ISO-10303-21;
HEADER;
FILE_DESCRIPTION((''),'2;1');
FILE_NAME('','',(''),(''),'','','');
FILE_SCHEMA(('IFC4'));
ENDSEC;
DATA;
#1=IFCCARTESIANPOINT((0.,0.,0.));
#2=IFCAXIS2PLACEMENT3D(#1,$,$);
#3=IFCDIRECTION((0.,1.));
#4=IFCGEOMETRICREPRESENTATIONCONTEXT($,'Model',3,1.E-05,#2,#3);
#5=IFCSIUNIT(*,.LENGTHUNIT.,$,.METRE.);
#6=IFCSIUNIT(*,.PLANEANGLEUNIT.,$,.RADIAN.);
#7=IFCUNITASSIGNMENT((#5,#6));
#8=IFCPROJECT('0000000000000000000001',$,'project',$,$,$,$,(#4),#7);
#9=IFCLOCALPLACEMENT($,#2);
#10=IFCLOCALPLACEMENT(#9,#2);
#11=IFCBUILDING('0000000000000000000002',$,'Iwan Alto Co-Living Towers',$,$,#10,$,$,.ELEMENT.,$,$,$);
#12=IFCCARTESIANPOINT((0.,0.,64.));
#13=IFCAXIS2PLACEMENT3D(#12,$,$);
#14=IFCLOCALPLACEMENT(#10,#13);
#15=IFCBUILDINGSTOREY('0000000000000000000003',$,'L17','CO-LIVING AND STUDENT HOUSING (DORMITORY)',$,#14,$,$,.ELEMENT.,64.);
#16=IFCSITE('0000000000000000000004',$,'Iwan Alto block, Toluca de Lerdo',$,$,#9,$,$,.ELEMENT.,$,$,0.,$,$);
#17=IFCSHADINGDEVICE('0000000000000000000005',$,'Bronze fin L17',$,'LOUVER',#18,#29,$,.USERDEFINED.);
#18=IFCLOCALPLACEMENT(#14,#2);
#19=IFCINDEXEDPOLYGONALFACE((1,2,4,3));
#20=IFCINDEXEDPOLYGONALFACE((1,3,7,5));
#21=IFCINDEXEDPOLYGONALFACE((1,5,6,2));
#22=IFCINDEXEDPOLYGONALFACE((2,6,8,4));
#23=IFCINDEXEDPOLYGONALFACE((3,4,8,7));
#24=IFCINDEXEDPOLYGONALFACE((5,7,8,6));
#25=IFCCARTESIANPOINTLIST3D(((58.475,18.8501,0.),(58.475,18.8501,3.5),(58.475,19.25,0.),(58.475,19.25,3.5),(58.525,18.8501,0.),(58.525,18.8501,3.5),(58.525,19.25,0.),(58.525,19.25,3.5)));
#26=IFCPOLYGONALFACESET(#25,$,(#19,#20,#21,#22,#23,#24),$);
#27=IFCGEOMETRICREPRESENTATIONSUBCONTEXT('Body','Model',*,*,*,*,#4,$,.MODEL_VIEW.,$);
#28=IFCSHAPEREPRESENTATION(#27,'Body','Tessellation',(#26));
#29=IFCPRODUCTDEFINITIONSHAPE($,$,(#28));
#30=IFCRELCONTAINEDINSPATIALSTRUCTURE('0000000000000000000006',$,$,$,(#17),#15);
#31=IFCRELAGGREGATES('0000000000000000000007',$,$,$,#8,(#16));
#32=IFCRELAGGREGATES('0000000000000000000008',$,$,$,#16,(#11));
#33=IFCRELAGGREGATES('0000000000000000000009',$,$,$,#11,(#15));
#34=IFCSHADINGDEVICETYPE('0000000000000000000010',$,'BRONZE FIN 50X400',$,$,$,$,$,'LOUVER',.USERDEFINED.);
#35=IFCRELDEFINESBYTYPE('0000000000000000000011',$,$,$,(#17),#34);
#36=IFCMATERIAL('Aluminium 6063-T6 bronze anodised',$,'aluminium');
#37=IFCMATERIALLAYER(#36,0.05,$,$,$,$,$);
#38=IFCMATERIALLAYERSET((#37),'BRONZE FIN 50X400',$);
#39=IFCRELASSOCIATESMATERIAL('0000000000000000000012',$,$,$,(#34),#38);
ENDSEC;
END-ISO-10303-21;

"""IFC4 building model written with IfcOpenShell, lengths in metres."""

from ifc_helpers import new_model, si_unit, direction, frame, origin, origin_2d, place, context, subcontext, project, spatial, rectangle, extrude, material, layer, layer_set, type_object, element, save


model = new_model("IFC4")

# Units and contexts
model_context = context("Model", 3, precision=1e-05, world=origin(), true_north=direction((0.0, 1.0)))
body_context = subcontext(model_context, "Body", "Model", "MODEL_VIEW")
ifc_project = project(units=[si_unit("LENGTHUNIT", "METRE"), si_unit("PLANEANGLEUNIT", "RADIAN")], contexts=[model_context])

# Site, building, storey
site_placement = place(None, origin())
site = spatial("IfcSite", under=ifc_project, at=site_placement, Name="Iwan Alto block, Toluca de Lerdo", CompositionType="ELEMENT", RefElevation=0.0)
building_placement = place(site_placement, origin())
building = spatial("IfcBuilding", under=site, at=building_placement, Name="Iwan Alto Co-Living Towers", CompositionType="ELEMENT")
storey_placement = place(building_placement, frame((0.0, 0.0, 64.0)))
storey = spatial("IfcBuildingStorey", under=building, at=storey_placement, Name="L17", Description="CO-LIVING AND STUDENT HOUSING (DORMITORY)", CompositionType="ELEMENT", Elevation=64.0)

# Shading device
ifc_material_1 = material(Name="Aluminium 6063-T6 bronze anodised", Category="aluminium")
ifc_layer_1 = layer(ifc_material_1, 0.05)
ifc_layer_set_1 = layer_set([ifc_layer_1], Name="BRONZE FIN 50X400")
shading_device_type = type_object("IfcShadingDeviceType", Name="BRONZE FIN 50X400", ElementType="LOUVER", PredefinedType="USERDEFINED", material=ifc_layer_set_1)
shading_device_placement = place(storey_placement, frame((58.5, 19.05, 0.0), z_axis=(0.0, 0.0, 1.0), x_axis=(-1.0, 0.0, 0.0)))
element("IfcShadingDevice", 1, at=shading_device_placement, inside=storey, type_object=shading_device_type, Name="Bronze fin L17", ObjectType="LOUVER", PredefinedType="USERDEFINED", context=body_context, shape_type="SweptSolid", body=[
    extrude(rectangle(XDim=0.05, YDim=0.3999, at=origin_2d()), origin(), (0.0, 0.0, 1.0), 3.5),
])

save(model, "model.ifc")
